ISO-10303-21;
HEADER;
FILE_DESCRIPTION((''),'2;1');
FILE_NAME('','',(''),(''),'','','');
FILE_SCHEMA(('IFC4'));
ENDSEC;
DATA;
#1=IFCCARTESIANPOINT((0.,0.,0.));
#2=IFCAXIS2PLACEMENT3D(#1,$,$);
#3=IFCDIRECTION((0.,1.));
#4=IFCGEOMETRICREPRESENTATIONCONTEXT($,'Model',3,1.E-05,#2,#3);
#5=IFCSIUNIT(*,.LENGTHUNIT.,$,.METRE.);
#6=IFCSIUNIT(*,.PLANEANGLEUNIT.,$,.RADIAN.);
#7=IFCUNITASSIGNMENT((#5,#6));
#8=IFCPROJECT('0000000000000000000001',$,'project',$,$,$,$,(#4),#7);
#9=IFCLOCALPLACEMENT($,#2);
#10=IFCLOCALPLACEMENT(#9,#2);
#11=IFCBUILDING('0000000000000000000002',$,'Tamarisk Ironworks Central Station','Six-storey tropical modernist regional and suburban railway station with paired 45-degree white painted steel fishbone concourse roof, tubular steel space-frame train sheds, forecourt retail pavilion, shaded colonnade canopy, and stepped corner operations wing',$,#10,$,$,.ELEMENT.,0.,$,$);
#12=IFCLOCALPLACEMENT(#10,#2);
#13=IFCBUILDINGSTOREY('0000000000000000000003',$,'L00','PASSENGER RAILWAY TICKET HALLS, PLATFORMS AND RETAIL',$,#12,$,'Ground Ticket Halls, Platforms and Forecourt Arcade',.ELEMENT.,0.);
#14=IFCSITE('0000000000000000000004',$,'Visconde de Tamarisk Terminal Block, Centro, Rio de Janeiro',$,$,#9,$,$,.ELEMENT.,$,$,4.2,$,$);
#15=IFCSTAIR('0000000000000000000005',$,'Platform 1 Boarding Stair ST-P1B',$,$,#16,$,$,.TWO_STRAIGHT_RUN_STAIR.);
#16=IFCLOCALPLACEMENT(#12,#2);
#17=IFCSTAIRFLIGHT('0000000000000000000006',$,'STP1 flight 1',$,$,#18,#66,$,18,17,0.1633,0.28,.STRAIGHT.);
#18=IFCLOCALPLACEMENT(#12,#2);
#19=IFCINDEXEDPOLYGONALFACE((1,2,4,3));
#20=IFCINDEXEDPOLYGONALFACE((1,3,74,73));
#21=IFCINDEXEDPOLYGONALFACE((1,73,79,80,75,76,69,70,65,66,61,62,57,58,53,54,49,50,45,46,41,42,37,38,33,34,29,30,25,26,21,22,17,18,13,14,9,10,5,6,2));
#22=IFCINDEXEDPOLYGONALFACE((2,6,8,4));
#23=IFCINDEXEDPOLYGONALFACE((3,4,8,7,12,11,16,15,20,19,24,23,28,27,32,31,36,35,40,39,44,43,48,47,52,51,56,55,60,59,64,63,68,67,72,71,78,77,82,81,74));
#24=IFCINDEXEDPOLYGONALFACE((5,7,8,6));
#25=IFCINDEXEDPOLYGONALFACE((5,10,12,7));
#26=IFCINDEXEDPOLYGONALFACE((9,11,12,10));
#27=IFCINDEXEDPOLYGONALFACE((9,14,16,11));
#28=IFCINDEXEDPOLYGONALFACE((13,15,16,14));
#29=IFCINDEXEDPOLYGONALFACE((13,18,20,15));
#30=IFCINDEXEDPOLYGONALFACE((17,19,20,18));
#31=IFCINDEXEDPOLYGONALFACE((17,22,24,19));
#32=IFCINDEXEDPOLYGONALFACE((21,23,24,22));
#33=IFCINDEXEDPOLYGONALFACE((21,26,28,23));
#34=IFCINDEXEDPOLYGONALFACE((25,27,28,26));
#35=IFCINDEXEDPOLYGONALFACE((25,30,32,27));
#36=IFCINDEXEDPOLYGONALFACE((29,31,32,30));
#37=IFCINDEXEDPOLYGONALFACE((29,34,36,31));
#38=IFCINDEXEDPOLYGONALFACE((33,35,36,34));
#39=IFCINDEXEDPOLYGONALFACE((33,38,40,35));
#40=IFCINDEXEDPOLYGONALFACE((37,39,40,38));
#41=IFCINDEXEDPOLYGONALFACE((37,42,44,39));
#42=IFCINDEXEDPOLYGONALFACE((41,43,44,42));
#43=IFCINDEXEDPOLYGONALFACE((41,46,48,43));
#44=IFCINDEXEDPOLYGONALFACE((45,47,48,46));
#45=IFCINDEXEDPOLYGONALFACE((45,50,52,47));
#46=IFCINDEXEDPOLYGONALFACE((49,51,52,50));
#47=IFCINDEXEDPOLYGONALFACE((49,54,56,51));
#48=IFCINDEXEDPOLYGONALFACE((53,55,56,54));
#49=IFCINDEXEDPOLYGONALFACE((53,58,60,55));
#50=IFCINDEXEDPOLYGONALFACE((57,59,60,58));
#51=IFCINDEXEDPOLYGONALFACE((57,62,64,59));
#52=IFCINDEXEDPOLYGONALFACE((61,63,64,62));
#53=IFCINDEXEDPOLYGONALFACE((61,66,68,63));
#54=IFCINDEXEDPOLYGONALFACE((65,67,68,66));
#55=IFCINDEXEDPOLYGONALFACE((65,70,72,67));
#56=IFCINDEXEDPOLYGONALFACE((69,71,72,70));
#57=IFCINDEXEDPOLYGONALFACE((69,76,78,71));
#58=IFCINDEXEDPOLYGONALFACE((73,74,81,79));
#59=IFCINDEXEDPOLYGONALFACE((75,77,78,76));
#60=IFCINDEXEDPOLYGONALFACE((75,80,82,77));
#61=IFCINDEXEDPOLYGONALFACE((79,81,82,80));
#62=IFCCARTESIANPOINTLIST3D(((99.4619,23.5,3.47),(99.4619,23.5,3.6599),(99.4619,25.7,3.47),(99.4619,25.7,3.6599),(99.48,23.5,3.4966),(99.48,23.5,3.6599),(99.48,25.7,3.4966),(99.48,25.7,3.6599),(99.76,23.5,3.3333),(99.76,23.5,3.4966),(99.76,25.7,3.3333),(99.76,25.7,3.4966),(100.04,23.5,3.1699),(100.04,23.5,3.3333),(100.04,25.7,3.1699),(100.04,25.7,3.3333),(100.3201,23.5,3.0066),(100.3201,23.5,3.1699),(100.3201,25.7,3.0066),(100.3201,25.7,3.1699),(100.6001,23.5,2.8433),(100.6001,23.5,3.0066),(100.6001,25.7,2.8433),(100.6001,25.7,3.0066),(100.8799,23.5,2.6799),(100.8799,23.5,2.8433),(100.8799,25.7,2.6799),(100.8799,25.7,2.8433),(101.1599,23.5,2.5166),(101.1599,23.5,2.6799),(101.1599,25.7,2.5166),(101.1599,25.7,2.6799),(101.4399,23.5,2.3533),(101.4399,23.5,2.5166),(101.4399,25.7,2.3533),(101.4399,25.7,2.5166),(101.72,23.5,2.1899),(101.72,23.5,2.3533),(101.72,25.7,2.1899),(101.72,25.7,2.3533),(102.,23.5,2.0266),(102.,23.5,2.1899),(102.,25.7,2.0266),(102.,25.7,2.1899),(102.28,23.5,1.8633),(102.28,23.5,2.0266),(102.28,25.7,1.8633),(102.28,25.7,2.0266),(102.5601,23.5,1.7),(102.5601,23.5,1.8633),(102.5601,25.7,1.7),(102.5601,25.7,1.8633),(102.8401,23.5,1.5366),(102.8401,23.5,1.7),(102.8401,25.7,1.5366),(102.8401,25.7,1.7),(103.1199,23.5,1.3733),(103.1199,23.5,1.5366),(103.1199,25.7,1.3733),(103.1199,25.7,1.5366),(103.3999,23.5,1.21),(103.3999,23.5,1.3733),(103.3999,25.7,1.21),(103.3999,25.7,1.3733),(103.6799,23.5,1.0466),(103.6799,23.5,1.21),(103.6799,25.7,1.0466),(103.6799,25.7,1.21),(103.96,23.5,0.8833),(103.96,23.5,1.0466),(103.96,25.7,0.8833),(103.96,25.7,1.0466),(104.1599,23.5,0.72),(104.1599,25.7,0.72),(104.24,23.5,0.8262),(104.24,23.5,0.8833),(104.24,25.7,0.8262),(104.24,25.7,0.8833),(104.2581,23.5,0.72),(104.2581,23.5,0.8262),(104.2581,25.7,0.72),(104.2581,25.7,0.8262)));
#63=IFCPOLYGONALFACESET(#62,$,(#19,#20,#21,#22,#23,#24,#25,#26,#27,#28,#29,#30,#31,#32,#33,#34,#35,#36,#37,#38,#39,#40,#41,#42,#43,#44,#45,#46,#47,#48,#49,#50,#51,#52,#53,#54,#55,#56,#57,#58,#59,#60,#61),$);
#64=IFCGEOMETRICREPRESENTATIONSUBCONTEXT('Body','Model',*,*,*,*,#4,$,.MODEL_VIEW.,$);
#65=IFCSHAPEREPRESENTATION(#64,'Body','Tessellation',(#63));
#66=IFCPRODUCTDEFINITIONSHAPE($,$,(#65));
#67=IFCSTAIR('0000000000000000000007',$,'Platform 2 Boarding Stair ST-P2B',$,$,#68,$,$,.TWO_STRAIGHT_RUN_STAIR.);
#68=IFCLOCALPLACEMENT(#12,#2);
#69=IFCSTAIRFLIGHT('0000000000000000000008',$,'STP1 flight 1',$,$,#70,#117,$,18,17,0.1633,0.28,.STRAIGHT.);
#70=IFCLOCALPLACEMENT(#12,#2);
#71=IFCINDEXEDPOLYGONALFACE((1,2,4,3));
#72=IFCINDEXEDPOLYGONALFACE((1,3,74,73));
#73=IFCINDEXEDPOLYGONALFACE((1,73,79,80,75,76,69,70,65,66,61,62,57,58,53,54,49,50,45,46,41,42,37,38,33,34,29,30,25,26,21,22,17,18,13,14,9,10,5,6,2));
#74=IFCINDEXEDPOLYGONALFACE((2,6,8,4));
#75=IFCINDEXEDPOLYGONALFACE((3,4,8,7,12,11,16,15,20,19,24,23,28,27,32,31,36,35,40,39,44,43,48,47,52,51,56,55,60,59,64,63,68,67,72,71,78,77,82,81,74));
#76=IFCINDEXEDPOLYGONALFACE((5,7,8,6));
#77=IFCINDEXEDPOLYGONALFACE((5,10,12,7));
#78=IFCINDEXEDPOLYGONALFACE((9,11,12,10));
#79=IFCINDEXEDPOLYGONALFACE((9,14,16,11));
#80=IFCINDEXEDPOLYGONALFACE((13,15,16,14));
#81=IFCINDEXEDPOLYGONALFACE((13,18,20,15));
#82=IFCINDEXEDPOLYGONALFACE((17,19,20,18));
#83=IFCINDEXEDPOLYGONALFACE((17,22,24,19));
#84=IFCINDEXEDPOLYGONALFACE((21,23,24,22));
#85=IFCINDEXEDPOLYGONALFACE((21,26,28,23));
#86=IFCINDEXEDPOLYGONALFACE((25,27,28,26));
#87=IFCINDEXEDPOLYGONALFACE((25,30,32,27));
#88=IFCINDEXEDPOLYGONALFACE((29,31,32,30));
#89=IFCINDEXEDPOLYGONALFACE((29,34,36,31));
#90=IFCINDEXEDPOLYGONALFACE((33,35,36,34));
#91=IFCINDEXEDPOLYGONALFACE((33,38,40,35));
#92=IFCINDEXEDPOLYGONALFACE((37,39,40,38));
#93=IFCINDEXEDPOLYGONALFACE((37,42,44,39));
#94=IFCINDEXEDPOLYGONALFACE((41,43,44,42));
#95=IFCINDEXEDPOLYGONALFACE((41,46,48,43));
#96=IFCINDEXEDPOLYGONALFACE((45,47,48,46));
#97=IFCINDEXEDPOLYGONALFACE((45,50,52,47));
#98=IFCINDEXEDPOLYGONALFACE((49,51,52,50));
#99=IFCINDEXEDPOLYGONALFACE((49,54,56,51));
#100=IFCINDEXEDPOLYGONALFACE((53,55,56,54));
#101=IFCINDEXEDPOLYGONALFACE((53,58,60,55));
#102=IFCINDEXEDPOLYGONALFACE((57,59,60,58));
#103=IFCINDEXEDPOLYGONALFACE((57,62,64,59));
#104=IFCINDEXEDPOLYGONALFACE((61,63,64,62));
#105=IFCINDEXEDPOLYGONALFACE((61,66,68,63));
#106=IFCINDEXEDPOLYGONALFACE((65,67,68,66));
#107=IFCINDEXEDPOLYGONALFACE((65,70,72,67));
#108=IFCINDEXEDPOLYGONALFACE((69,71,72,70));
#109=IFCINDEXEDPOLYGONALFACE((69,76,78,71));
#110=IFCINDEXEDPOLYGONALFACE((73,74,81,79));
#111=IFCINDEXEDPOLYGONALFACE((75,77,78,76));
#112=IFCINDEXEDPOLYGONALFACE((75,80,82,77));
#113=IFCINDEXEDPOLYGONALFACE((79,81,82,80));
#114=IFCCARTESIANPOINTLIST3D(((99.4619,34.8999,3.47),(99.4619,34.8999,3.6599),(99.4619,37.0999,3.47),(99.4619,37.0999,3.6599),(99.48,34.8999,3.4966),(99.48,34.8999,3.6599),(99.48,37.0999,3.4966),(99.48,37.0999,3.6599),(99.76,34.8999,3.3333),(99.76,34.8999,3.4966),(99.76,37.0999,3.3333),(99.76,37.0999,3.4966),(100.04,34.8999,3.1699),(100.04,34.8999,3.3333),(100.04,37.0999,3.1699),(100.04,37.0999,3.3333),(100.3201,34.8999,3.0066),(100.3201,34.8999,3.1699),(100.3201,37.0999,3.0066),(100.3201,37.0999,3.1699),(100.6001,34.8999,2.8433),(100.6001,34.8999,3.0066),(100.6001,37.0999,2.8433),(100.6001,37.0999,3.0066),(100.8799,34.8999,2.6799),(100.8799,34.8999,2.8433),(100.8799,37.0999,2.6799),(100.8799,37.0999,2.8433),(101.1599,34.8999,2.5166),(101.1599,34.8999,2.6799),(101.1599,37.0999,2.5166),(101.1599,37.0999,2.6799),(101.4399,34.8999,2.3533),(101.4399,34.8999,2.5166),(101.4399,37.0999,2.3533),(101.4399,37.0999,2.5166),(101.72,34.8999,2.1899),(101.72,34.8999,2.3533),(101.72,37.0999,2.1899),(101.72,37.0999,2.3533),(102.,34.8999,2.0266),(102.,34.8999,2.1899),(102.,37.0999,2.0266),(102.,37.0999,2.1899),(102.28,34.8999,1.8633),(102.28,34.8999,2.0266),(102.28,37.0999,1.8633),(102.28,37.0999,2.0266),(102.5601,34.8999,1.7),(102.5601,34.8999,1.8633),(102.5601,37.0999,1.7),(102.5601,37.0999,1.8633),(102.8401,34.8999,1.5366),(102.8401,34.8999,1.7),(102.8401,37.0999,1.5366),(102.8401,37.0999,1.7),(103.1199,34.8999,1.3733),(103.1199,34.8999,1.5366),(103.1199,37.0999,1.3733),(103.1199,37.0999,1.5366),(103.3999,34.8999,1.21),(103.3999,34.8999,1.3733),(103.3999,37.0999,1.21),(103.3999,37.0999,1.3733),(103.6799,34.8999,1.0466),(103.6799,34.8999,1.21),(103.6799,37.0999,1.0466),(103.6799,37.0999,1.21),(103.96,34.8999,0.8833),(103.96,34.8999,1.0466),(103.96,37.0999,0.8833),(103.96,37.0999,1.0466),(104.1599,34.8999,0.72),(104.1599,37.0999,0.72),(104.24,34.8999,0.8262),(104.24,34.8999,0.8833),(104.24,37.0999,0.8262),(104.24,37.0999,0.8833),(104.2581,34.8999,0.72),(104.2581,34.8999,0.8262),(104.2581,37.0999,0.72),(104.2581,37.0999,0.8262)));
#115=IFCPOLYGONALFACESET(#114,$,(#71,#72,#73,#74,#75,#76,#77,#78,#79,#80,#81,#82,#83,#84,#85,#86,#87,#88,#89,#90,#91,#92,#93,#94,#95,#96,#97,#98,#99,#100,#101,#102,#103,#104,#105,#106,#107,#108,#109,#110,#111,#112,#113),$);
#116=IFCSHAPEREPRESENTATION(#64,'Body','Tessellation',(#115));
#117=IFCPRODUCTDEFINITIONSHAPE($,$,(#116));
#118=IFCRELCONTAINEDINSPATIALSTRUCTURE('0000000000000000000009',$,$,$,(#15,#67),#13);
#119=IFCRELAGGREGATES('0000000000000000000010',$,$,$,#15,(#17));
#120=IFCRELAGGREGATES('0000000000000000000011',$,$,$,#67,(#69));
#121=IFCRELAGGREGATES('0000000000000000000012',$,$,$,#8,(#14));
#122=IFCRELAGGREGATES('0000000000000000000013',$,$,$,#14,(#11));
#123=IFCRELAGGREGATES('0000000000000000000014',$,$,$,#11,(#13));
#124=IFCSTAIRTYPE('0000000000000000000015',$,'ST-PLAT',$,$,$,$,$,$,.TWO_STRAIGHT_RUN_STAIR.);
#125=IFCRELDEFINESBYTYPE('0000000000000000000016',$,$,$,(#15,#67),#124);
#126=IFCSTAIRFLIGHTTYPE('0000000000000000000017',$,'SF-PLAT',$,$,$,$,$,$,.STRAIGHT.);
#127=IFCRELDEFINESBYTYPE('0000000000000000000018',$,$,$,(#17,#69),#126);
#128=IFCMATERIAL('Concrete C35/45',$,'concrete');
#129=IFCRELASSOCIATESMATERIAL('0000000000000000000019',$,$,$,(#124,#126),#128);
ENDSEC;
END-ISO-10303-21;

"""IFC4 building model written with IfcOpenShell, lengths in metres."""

from ifc_helpers import new_model, si_unit, direction, frame, origin, place, context, subcontext, project, spatial, polyline, outline, extrude, material, type_object, element, aggregate, save


model = new_model("IFC4")

# Units and contexts
model_context = context("Model", 3, precision=1e-05, world=origin(), true_north=direction((0.0, 1.0)))
body_context = subcontext(model_context, "Body", "Model", "MODEL_VIEW")
ifc_project = project(units=[si_unit("LENGTHUNIT", "METRE"), si_unit("PLANEANGLEUNIT", "RADIAN")], contexts=[model_context])

# Site, building, storey
site_placement = place(None, origin())
site = spatial("IfcSite", under=ifc_project, at=site_placement, Name="Visconde de Tamarisk Terminal Block, Centro, Rio de Janeiro", CompositionType="ELEMENT", RefElevation=4.2)
building_placement = place(site_placement, origin())
building = spatial("IfcBuilding", under=site, at=building_placement, Name="Tamarisk Ironworks Central Station", Description="Six-storey tropical modernist regional and suburban railway station with paired 45-degree white painted steel fishbone concourse roof, tubular steel space-frame train sheds, forecourt retail pavilion, shaded colonnade canopy, and stepped corner operations wing", CompositionType="ELEMENT", ElevationOfRefHeight=0.0)
storey_placement = place(building_placement, origin())
storey = spatial("IfcBuildingStorey", under=building, at=storey_placement, Name="L00", Description="PASSENGER RAILWAY TICKET HALLS, PLATFORMS AND RETAIL", LongName="Ground Ticket Halls, Platforms and Forecourt Arcade", CompositionType="ELEMENT", Elevation=0.0)

# Stairs, stair flights
ifc_material_1 = material(Name="Concrete C35/45", Category="concrete")
stair_type = type_object("IfcStairType", Name="ST-PLAT", PredefinedType="TWO_STRAIGHT_RUN_STAIR", material=ifc_material_1)
stair_1_placement = place(storey_placement, origin())
stair_1 = element("IfcStair", 1, at=stair_1_placement, inside=storey, type_object=stair_type, Name="Platform 1 Boarding Stair ST-P1B", PredefinedType="TWO_STRAIGHT_RUN_STAIR")
stair_flight_type = type_object("IfcStairFlightType", Name="SF-PLAT", PredefinedType="STRAIGHT", material=ifc_material_1)
stair_flight_1_placement = place(storey_placement, frame((104.24, 24.6001, 0.72), z_axis=(0.0, 0.0, 1.0), x_axis=(-1.0, 0.0, 0.0)))
stair_flight_1 = element("IfcStairFlight", 2, at=stair_flight_1_placement, type_object=stair_flight_type, Name="STP1 flight 1", NumberOfRisers=18, NumberOfTreads=17, PredefinedType="STRAIGHT", RiserHeight=0.1633, TreadLength=0.28, context=body_context, shape_type="SweptSolid", body=[
    extrude(outline(polyline([(-0.0181, 0.0), (-0.0181, 0.1062), (0.0, 0.1062), (0.0, 0.1633), (0.28, 0.1633), (0.28, 0.3267), (0.5601, 0.3267), (0.5601, 0.49), (0.8401, 0.49), (0.8401, 0.6533), (1.1201, 0.6533), (1.1201, 0.8167), (1.3999, 0.8167), (1.3999, 0.98), (1.6799, 0.98), (1.6799, 1.1433), (1.96, 1.1433), (1.96, 1.3066), (2.24, 1.3066), (2.24, 1.47), (2.52, 1.47), (2.52, 1.6333), (2.8, 1.6333), (2.8, 1.7966), (3.0801, 1.7966), (3.0801, 1.96), (3.3601, 1.96), (3.3601, 2.1233), (3.6399, 2.1233), (3.6399, 2.2866), (3.9199, 2.2866), (3.9199, 2.45), (4.2, 2.45), (4.2, 2.6133), (4.48, 2.6133), (4.48, 2.7766), (4.76, 2.7766), (4.76, 2.9399), (4.7781, 2.9399), (4.7781, 2.75), (0.0801, 0.0), (-0.0181, 0.0)])), frame((0.0, 1.1001, 0.0), z_axis=(0.0, -1.0, 0.0), x_axis=(1.0, 0.0, 0.0)), (0.0, 0.0, 1.0), 2.2),
])
aggregate(stair_1, [stair_flight_1])
stair_2_placement = place(storey_placement, origin())
stair_2 = element("IfcStair", 3, at=stair_2_placement, inside=storey, type_object=stair_type, Name="Platform 2 Boarding Stair ST-P2B", PredefinedType="TWO_STRAIGHT_RUN_STAIR")
stair_flight_2_placement = place(storey_placement, frame((104.24, 36.0, 0.72), z_axis=(0.0, 0.0, 1.0), x_axis=(-1.0, 0.0, 0.0)))
stair_flight_2 = element("IfcStairFlight", 4, at=stair_flight_2_placement, type_object=stair_flight_type, Name="STP1 flight 1", NumberOfRisers=18, NumberOfTreads=17, PredefinedType="STRAIGHT", RiserHeight=0.1633, TreadLength=0.28, context=body_context, shape_type="SweptSolid", body=[
    extrude(outline(polyline([(-0.0181, 0.0), (-0.0181, 0.1062), (0.0, 0.1062), (0.0, 0.1633), (0.28, 0.1633), (0.28, 0.3267), (0.5601, 0.3267), (0.5601, 0.49), (0.8401, 0.49), (0.8401, 0.6533), (1.1201, 0.6533), (1.1201, 0.8167), (1.3999, 0.8167), (1.3999, 0.98), (1.6799, 0.98), (1.6799, 1.1433), (1.96, 1.1433), (1.96, 1.3066), (2.24, 1.3066), (2.24, 1.47), (2.52, 1.47), (2.52, 1.6333), (2.8, 1.6333), (2.8, 1.7966), (3.0801, 1.7966), (3.0801, 1.96), (3.3601, 1.96), (3.3601, 2.1233), (3.6399, 2.1233), (3.6399, 2.2866), (3.9199, 2.2866), (3.9199, 2.45), (4.2, 2.45), (4.2, 2.6133), (4.48, 2.6133), (4.48, 2.7766), (4.76, 2.7766), (4.76, 2.9399), (4.7781, 2.9399), (4.7781, 2.75), (0.0801, 0.0), (-0.0181, 0.0)])), frame((0.0, 1.1001, 0.0), z_axis=(0.0, -1.0, 0.0), x_axis=(1.0, 0.0, 0.0)), (0.0, 0.0, 1.0), 2.2),
])
aggregate(stair_2, [stair_flight_2])

save(model, "model.ifc")
